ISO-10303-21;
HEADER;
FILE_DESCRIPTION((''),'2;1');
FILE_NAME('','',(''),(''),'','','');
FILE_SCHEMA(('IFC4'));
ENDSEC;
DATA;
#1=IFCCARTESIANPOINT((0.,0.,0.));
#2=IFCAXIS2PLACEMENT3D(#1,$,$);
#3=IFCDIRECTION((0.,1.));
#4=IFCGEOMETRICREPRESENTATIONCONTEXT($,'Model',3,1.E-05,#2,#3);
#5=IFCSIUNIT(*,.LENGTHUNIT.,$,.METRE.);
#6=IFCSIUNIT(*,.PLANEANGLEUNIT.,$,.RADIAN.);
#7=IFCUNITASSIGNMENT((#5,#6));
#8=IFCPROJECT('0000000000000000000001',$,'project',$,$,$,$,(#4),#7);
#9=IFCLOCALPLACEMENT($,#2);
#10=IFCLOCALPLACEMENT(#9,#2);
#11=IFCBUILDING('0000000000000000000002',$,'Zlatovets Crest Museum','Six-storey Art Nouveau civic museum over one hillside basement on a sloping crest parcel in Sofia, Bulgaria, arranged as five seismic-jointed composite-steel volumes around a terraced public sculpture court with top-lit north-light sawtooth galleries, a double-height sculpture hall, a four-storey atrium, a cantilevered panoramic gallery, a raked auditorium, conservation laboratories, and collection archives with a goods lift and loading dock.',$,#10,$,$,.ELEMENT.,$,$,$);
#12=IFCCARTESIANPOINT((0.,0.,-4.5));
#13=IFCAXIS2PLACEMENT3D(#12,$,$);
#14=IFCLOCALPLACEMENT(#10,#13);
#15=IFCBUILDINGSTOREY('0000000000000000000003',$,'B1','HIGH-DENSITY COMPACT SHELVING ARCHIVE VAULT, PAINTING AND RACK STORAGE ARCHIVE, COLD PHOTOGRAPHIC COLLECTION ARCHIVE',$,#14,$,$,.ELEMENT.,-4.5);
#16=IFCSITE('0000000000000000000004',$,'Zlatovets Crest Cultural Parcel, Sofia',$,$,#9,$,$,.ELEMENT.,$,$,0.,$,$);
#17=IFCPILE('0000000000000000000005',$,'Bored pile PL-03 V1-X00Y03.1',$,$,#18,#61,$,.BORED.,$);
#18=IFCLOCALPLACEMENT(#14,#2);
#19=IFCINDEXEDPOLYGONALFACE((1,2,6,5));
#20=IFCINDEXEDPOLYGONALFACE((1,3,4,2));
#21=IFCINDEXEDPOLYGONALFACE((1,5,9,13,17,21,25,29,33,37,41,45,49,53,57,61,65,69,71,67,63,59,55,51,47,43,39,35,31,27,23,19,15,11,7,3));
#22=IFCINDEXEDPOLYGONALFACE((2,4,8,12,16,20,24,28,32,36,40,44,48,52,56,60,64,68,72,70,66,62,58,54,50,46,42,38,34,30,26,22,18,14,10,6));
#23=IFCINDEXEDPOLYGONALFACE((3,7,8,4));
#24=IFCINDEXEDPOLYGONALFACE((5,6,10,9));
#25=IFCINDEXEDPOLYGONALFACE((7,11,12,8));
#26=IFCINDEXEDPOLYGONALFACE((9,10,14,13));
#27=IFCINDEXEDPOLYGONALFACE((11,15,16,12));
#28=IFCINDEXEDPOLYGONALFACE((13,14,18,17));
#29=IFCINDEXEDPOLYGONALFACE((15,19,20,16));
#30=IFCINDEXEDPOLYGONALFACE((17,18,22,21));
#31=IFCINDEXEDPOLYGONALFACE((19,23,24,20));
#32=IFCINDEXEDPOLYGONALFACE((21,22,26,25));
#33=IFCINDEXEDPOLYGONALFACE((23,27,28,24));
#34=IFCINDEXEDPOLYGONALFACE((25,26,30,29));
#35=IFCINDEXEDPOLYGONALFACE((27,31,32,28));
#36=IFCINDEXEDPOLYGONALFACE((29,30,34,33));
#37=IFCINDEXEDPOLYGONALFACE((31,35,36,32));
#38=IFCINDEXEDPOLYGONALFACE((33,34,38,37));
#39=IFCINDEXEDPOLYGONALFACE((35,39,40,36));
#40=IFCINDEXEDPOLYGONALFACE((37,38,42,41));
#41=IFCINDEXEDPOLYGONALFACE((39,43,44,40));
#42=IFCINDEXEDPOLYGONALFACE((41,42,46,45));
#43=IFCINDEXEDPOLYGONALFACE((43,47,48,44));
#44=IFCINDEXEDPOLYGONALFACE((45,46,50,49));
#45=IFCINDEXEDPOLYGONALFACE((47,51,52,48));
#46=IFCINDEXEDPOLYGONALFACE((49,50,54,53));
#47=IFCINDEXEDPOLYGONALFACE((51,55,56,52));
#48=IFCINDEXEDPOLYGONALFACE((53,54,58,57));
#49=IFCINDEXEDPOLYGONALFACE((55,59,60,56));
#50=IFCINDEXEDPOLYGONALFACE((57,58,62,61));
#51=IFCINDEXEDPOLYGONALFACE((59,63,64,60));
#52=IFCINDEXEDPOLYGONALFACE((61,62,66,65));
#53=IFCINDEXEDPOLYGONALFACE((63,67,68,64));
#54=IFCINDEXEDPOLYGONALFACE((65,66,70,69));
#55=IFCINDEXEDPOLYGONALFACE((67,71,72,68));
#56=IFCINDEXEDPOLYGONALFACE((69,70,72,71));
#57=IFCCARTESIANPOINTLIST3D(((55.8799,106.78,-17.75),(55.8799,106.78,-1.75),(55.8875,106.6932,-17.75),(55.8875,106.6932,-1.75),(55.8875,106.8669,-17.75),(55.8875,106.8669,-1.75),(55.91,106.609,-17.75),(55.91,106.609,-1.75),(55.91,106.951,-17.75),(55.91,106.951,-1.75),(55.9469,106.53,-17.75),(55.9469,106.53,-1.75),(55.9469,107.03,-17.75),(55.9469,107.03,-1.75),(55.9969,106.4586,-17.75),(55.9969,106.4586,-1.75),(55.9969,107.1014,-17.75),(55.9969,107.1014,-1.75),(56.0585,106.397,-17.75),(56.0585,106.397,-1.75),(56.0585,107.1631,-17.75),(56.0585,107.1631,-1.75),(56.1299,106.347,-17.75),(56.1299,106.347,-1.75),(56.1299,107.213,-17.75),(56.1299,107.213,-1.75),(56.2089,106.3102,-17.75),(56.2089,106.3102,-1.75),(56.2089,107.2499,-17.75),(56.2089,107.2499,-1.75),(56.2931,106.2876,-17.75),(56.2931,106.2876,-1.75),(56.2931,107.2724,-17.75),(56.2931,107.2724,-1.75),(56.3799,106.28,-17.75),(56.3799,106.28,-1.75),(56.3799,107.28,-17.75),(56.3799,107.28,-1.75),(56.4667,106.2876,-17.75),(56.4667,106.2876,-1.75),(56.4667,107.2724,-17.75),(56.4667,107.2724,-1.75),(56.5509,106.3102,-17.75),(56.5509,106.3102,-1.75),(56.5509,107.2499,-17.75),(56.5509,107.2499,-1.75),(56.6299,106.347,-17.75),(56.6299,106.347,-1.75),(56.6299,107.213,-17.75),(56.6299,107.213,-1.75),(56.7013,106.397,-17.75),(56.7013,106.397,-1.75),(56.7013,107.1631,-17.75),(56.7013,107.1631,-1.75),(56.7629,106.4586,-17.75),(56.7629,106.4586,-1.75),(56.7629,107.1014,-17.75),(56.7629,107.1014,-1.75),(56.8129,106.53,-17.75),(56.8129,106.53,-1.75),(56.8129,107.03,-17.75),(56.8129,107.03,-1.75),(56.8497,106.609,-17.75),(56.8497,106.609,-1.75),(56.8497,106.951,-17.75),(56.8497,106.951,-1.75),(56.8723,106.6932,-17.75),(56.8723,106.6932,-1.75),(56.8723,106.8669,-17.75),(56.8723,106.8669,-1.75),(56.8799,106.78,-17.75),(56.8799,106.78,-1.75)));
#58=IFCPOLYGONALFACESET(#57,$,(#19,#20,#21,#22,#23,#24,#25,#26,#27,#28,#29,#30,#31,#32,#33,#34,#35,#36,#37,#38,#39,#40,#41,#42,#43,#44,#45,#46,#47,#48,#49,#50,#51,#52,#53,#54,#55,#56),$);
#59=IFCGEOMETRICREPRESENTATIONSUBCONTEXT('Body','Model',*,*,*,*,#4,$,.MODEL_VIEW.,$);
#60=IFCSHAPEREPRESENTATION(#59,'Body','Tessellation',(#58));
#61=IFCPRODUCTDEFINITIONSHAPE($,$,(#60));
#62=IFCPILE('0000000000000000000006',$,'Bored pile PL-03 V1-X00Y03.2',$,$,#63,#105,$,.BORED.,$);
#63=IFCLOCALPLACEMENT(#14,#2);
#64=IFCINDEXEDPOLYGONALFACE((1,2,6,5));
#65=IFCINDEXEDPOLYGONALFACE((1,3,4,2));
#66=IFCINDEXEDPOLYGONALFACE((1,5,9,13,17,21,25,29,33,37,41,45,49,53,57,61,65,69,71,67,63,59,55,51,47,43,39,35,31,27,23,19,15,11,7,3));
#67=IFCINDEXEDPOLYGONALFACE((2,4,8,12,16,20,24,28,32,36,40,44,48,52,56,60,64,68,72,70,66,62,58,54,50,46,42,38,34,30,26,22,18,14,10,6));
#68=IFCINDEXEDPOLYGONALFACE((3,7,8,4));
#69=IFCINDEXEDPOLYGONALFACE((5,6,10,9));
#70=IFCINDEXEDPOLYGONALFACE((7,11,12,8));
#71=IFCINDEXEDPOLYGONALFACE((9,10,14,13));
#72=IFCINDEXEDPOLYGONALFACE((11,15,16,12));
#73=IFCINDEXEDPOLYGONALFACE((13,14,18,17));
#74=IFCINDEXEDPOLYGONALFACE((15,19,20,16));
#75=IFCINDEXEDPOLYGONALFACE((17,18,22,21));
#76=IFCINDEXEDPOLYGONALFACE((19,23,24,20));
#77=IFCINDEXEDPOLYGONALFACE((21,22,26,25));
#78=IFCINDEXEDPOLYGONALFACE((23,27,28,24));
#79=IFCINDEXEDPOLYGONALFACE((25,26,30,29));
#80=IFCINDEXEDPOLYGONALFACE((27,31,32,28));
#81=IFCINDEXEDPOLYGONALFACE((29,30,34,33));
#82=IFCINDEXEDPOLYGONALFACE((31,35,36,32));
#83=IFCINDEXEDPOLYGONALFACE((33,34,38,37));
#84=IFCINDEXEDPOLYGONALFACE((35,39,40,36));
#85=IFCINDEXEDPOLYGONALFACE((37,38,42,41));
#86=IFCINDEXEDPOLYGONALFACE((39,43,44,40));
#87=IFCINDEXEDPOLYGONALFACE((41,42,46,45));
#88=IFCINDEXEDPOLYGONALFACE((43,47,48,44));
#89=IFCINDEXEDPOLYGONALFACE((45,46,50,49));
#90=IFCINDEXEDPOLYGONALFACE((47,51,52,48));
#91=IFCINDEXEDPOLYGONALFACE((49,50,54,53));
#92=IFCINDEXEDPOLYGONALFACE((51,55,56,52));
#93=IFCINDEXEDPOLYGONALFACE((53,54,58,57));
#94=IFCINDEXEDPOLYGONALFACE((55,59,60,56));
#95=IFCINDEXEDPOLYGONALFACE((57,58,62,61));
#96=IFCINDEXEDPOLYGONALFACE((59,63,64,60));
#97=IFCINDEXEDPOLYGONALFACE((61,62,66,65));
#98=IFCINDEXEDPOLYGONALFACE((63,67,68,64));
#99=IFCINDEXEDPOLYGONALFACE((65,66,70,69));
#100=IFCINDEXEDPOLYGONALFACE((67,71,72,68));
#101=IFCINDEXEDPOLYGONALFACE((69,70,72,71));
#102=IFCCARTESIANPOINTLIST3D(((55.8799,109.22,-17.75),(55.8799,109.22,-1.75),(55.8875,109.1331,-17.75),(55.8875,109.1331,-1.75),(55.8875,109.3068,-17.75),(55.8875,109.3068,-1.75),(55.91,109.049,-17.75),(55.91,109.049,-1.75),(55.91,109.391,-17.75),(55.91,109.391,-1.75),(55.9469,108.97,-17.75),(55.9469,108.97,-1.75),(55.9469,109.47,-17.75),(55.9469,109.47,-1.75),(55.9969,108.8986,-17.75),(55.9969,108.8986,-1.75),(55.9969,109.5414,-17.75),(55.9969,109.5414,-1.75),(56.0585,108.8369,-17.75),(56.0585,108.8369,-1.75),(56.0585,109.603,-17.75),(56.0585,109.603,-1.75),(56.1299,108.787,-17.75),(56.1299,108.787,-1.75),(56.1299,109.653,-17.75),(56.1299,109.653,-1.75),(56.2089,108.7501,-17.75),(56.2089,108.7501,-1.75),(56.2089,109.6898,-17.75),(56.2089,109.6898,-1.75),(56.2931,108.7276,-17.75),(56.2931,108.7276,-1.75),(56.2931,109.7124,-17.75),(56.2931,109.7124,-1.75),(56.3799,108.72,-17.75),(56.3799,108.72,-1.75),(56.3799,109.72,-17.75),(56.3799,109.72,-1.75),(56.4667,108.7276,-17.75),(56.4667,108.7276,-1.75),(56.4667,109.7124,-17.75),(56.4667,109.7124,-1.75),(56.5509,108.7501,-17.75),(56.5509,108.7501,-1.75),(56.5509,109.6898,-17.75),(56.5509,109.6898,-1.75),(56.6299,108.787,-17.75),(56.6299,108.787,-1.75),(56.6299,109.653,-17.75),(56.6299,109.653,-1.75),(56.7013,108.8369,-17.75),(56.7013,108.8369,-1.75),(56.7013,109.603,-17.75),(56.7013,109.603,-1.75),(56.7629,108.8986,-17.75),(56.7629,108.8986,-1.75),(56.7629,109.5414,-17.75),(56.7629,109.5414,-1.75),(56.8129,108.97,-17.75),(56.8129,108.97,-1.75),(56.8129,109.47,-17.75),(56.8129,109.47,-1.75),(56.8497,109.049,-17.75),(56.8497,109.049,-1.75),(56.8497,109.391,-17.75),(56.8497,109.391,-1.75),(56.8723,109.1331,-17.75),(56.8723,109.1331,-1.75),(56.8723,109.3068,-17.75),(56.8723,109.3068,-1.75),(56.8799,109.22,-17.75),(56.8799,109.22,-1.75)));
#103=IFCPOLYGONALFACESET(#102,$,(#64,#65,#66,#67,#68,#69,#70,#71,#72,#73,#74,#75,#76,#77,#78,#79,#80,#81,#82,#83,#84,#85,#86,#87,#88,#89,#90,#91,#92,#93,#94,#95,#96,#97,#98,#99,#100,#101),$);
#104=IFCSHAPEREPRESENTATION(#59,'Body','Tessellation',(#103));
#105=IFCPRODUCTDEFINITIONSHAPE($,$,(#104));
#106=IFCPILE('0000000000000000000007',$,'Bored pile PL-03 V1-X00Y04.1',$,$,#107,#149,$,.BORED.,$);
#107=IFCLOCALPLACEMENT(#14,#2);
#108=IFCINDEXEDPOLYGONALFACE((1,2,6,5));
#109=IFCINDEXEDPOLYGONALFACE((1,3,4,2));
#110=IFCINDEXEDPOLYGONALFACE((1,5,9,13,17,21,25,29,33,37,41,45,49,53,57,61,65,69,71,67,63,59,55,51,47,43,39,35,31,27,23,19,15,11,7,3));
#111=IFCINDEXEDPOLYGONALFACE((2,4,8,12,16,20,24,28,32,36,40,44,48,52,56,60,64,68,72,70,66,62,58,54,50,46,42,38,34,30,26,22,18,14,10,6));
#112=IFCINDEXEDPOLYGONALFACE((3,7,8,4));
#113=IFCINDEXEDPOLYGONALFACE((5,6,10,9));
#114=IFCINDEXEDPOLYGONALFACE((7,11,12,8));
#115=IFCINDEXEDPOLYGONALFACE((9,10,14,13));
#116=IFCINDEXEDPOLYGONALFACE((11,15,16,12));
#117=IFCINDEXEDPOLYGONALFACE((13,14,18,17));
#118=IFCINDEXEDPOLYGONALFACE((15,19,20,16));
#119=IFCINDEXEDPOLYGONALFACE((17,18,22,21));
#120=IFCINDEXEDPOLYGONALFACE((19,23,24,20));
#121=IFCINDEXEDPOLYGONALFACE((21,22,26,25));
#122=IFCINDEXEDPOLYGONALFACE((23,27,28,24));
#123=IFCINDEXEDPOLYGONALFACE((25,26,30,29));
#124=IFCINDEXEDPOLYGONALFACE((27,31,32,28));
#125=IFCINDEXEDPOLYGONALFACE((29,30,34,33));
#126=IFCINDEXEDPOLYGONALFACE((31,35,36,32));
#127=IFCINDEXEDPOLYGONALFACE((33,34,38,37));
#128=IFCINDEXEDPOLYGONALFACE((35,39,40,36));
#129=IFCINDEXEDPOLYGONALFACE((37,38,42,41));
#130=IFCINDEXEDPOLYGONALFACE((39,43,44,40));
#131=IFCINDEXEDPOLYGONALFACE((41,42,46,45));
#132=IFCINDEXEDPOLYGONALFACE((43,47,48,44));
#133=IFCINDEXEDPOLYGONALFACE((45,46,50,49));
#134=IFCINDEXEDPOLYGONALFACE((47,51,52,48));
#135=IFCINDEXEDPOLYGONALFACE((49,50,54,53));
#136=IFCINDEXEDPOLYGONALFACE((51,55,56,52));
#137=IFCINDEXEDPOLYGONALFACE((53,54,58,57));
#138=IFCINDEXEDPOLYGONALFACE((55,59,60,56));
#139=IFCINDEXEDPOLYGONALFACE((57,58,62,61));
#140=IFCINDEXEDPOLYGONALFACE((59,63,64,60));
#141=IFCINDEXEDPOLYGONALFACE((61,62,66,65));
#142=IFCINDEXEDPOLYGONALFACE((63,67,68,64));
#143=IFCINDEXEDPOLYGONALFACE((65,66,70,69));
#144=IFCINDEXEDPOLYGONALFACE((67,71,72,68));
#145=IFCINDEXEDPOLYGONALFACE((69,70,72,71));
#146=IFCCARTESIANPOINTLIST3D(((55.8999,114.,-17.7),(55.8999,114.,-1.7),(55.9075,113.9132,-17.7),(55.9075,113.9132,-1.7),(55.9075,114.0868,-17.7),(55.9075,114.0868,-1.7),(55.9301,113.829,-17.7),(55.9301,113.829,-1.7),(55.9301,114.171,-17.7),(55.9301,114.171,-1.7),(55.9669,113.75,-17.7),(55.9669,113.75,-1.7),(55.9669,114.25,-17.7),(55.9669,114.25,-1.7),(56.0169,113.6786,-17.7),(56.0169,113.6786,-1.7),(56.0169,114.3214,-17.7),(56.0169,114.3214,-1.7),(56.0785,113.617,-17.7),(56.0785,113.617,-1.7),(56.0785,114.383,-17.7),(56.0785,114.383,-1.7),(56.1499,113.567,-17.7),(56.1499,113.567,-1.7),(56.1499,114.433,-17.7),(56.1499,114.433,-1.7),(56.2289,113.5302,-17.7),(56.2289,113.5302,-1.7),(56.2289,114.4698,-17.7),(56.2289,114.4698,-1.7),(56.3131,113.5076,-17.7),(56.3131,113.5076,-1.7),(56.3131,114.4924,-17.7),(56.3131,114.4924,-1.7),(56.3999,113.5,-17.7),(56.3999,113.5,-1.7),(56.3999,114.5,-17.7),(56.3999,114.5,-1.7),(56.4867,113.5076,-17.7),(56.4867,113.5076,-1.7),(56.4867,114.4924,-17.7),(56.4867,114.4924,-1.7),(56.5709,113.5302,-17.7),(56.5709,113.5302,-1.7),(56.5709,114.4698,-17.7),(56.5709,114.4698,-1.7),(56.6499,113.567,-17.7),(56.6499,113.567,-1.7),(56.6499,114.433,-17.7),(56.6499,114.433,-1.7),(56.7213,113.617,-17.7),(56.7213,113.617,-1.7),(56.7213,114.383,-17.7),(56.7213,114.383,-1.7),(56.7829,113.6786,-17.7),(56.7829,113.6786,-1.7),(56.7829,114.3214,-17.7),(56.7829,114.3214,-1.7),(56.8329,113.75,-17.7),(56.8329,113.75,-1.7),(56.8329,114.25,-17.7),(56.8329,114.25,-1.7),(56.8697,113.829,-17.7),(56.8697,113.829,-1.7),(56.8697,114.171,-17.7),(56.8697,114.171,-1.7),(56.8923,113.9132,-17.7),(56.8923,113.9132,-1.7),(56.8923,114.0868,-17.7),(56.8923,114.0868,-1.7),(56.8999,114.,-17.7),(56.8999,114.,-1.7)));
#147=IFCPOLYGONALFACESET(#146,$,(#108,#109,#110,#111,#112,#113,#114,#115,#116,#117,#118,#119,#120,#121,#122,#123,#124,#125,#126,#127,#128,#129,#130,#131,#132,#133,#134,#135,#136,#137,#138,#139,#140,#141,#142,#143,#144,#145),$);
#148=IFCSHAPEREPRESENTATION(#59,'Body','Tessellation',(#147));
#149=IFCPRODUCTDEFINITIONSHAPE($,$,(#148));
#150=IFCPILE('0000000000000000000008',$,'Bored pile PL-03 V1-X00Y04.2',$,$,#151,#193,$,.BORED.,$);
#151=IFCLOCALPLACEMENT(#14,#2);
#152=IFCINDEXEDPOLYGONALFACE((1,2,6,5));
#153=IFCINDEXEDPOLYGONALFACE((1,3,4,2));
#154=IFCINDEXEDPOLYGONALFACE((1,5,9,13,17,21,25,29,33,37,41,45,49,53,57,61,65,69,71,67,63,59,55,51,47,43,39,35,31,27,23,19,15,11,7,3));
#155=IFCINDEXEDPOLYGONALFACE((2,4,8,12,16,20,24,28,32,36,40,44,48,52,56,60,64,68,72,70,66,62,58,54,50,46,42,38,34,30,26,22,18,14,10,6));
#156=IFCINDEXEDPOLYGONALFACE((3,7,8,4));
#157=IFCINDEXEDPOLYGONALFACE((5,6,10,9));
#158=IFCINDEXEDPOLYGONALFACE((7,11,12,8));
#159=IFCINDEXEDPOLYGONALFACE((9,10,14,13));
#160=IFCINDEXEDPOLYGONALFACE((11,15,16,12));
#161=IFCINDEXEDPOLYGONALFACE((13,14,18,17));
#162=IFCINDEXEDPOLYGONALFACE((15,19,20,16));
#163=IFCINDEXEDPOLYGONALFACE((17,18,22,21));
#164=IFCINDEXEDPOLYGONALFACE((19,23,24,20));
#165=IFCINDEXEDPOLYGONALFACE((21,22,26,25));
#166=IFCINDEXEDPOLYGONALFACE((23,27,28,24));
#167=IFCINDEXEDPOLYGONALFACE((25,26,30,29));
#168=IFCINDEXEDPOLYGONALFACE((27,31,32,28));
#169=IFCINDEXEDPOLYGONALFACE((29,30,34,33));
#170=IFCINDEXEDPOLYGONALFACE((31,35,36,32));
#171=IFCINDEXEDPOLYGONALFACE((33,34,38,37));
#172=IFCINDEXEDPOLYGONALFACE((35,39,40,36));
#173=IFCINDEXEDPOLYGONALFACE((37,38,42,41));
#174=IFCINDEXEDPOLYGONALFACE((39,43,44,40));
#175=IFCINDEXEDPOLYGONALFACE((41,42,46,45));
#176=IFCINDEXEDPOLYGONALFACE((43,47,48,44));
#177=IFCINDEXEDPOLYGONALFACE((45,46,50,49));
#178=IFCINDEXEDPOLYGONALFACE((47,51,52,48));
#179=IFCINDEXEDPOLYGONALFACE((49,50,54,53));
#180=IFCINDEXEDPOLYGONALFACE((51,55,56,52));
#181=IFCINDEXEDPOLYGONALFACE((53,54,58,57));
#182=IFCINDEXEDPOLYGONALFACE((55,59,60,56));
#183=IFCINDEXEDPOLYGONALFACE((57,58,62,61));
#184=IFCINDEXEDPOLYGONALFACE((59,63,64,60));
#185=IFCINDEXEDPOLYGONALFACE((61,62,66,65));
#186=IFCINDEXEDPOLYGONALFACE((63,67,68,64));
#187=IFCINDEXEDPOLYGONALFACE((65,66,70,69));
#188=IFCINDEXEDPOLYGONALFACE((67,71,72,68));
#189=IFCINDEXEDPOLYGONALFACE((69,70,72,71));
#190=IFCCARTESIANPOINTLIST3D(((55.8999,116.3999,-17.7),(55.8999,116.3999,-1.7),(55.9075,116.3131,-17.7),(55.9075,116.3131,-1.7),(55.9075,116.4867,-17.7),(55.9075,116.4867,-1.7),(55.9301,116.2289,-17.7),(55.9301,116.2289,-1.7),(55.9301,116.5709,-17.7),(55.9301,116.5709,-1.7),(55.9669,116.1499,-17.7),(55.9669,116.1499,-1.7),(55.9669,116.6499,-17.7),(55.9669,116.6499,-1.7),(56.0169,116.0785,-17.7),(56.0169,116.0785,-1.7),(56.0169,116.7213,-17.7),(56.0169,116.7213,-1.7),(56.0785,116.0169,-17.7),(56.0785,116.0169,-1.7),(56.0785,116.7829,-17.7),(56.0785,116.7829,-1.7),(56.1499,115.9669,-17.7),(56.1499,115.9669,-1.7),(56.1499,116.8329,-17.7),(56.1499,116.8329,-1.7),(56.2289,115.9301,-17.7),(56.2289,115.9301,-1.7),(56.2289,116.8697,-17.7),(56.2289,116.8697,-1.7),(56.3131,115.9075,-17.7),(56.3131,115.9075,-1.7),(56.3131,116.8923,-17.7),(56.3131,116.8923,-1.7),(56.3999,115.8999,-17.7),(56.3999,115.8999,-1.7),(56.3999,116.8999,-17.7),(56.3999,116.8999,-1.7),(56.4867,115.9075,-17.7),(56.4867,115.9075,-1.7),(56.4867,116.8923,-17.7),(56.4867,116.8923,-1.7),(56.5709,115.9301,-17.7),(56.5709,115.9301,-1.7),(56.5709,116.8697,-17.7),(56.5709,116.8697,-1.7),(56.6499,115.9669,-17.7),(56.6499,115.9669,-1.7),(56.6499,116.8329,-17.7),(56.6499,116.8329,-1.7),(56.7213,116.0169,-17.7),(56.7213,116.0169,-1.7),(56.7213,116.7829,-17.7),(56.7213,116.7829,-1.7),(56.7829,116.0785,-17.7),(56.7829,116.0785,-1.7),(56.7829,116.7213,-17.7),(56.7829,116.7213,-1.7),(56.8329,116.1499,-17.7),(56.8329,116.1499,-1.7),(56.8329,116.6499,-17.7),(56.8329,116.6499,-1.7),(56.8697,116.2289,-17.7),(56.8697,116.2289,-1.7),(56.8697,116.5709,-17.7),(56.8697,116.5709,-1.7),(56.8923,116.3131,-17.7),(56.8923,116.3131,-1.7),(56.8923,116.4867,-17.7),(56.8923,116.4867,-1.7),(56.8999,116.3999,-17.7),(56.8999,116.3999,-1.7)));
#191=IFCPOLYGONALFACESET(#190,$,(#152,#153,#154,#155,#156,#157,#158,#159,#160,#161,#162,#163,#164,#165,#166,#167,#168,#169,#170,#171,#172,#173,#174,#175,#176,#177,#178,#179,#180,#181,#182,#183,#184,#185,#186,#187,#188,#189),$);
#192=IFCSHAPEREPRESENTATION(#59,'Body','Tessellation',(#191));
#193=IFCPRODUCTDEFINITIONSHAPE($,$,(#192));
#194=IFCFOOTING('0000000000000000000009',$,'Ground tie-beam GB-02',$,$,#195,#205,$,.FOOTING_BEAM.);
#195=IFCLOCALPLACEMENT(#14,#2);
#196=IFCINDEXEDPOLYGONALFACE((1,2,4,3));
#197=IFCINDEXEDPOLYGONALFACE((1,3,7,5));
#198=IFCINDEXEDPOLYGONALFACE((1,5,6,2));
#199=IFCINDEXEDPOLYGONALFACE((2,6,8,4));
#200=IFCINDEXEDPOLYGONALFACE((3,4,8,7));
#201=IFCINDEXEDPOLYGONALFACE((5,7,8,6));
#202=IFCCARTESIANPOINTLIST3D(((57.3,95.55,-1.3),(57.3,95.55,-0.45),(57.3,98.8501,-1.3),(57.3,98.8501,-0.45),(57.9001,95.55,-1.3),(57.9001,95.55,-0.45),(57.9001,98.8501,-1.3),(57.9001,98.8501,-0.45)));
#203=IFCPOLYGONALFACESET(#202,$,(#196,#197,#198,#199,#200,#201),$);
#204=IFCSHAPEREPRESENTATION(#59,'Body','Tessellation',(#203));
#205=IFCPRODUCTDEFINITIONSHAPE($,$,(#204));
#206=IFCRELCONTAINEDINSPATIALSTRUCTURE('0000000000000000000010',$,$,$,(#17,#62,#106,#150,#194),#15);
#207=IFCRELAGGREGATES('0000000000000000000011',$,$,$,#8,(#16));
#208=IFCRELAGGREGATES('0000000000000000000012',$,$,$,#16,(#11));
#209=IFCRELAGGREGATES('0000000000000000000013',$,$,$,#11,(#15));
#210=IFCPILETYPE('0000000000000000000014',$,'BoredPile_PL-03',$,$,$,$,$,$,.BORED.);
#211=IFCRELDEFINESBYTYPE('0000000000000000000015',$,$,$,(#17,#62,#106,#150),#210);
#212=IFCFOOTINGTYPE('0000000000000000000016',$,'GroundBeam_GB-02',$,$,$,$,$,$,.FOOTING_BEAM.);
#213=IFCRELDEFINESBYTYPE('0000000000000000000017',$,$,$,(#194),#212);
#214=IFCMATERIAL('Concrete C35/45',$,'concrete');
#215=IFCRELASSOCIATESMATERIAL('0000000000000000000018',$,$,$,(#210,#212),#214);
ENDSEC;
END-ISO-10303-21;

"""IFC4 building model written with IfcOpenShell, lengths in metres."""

from ifc_helpers import new_model, si_unit, direction, frame, origin, origin_2d, place, context, subcontext, project, spatial, rectangle, circle, extrude, material, material_profile, profile_set, type_object, element, save


model = new_model("IFC4")

# Units and contexts
model_context = context("Model", 3, precision=1e-05, world=origin(), true_north=direction((0.0, 1.0)))
body_context = subcontext(model_context, "Body", "Model", "MODEL_VIEW")
ifc_project = project(units=[si_unit("LENGTHUNIT", "METRE"), si_unit("PLANEANGLEUNIT", "RADIAN")], contexts=[model_context])

# Site, building, storey
site_placement = place(None, origin())
site = spatial("IfcSite", under=ifc_project, at=site_placement, Name="Zlatovets Crest Cultural Parcel, Sofia", CompositionType="ELEMENT", RefElevation=0.0)
building_placement = place(site_placement, origin())
building = spatial("IfcBuilding", under=site, at=building_placement, Name="Zlatovets Crest Museum", Description="Six-storey Art Nouveau civic museum over one hillside basement on a sloping crest parcel in Sofia, Bulgaria, arranged as five seismic-jointed composite-steel volumes around a terraced public sculpture court with top-lit north-light sawtooth galleries, a double-height sculpture hall, a four-storey atrium, a cantilevered panoramic gallery, a raked auditorium, conservation laboratories, and collection archives with a goods lift and loading dock.", CompositionType="ELEMENT")
storey_placement = place(building_placement, frame((0.0, 0.0, -4.5)))
storey = spatial("IfcBuildingStorey", under=building, at=storey_placement, Name="B1", Description="HIGH-DENSITY COMPACT SHELVING ARCHIVE VAULT, PAINTING AND RACK STORAGE ARCHIVE, COLD PHOTOGRAPHIC COLLECTION ARCHIVE", CompositionType="ELEMENT", Elevation=-4.5)

# Piles
ifc_material_1 = material(Name="Concrete C35/45", Category="concrete")
ifc_material_profile_1 = material_profile(ifc_material_1, circle(Radius=0.5, at=origin_2d()), Name="PILE D1000")
ifc_profile_set_1 = profile_set([ifc_material_profile_1], Name="Concrete C35/45")
pile_type_1 = type_object("IfcPileType", Name="BoredPile_PL-03", PredefinedType="BORED", material=ifc_profile_set_1)
for number, where, z_axis, x_axis, name in (
    (1, (56.3799, 106.78, -1.75), (0.0, 0.0, -1.0), (1.0, 0.0, 0.0), "Bored pile PL-03 V1-X00Y03.1"),
    (2, (56.3799, 109.22, -1.75), (0.0, 0.0, -1.0), (1.0, 0.0, 0.0), "Bored pile PL-03 V1-X00Y03.2"),
    (3, (56.3999, 114.0, -1.7), (0.0, 0.0, -1.0), (1.0, 0.0, 0.0), "Bored pile PL-03 V1-X00Y04.1"),
    (4, (56.3999, 116.3999, -1.7), (0.0, 0.0, -1.0), (1.0, 0.0, 0.0), "Bored pile PL-03 V1-X00Y04.2"),
):
    element("IfcPile", number, at=place(storey_placement, frame(where, z_axis=z_axis, x_axis=x_axis)), inside=storey, type_object=pile_type_1, Name=name, PredefinedType="BORED", context=body_context, shape_type="SweptSolid", body=[
        extrude(circle(Radius=0.5, at=origin_2d()), origin(), (0.0, 0.0, 1.0), 16.0),
    ])

# Footing
ifc_material_profile_2 = material_profile(ifc_material_1, rectangle(XDim=0.6001, YDim=0.8501, at=origin_2d()), Name="RC 600x850")
ifc_profile_set_2 = profile_set([ifc_material_profile_2], Name="Concrete C35/45")
footing_type_1 = type_object("IfcFootingType", Name="GroundBeam_GB-02", PredefinedType="FOOTING_BEAM", material=ifc_profile_set_2)
footing_1_placement = place(storey_placement, frame((57.6001, 95.55, -0.875), z_axis=(0.0, 1.0, 0.0), x_axis=(-1.0, 0.0, 0.0)))
element("IfcFooting", 5, at=footing_1_placement, inside=storey, type_object=footing_type_1, Name="Ground tie-beam GB-02", PredefinedType="FOOTING_BEAM", context=body_context, shape_type="SweptSolid", body=[
    extrude(rectangle(XDim=0.6001, YDim=0.8501, at=origin_2d()), origin(), (0.0, 0.0, 1.0), 3.3),
])

save(model, "model.ifc")
